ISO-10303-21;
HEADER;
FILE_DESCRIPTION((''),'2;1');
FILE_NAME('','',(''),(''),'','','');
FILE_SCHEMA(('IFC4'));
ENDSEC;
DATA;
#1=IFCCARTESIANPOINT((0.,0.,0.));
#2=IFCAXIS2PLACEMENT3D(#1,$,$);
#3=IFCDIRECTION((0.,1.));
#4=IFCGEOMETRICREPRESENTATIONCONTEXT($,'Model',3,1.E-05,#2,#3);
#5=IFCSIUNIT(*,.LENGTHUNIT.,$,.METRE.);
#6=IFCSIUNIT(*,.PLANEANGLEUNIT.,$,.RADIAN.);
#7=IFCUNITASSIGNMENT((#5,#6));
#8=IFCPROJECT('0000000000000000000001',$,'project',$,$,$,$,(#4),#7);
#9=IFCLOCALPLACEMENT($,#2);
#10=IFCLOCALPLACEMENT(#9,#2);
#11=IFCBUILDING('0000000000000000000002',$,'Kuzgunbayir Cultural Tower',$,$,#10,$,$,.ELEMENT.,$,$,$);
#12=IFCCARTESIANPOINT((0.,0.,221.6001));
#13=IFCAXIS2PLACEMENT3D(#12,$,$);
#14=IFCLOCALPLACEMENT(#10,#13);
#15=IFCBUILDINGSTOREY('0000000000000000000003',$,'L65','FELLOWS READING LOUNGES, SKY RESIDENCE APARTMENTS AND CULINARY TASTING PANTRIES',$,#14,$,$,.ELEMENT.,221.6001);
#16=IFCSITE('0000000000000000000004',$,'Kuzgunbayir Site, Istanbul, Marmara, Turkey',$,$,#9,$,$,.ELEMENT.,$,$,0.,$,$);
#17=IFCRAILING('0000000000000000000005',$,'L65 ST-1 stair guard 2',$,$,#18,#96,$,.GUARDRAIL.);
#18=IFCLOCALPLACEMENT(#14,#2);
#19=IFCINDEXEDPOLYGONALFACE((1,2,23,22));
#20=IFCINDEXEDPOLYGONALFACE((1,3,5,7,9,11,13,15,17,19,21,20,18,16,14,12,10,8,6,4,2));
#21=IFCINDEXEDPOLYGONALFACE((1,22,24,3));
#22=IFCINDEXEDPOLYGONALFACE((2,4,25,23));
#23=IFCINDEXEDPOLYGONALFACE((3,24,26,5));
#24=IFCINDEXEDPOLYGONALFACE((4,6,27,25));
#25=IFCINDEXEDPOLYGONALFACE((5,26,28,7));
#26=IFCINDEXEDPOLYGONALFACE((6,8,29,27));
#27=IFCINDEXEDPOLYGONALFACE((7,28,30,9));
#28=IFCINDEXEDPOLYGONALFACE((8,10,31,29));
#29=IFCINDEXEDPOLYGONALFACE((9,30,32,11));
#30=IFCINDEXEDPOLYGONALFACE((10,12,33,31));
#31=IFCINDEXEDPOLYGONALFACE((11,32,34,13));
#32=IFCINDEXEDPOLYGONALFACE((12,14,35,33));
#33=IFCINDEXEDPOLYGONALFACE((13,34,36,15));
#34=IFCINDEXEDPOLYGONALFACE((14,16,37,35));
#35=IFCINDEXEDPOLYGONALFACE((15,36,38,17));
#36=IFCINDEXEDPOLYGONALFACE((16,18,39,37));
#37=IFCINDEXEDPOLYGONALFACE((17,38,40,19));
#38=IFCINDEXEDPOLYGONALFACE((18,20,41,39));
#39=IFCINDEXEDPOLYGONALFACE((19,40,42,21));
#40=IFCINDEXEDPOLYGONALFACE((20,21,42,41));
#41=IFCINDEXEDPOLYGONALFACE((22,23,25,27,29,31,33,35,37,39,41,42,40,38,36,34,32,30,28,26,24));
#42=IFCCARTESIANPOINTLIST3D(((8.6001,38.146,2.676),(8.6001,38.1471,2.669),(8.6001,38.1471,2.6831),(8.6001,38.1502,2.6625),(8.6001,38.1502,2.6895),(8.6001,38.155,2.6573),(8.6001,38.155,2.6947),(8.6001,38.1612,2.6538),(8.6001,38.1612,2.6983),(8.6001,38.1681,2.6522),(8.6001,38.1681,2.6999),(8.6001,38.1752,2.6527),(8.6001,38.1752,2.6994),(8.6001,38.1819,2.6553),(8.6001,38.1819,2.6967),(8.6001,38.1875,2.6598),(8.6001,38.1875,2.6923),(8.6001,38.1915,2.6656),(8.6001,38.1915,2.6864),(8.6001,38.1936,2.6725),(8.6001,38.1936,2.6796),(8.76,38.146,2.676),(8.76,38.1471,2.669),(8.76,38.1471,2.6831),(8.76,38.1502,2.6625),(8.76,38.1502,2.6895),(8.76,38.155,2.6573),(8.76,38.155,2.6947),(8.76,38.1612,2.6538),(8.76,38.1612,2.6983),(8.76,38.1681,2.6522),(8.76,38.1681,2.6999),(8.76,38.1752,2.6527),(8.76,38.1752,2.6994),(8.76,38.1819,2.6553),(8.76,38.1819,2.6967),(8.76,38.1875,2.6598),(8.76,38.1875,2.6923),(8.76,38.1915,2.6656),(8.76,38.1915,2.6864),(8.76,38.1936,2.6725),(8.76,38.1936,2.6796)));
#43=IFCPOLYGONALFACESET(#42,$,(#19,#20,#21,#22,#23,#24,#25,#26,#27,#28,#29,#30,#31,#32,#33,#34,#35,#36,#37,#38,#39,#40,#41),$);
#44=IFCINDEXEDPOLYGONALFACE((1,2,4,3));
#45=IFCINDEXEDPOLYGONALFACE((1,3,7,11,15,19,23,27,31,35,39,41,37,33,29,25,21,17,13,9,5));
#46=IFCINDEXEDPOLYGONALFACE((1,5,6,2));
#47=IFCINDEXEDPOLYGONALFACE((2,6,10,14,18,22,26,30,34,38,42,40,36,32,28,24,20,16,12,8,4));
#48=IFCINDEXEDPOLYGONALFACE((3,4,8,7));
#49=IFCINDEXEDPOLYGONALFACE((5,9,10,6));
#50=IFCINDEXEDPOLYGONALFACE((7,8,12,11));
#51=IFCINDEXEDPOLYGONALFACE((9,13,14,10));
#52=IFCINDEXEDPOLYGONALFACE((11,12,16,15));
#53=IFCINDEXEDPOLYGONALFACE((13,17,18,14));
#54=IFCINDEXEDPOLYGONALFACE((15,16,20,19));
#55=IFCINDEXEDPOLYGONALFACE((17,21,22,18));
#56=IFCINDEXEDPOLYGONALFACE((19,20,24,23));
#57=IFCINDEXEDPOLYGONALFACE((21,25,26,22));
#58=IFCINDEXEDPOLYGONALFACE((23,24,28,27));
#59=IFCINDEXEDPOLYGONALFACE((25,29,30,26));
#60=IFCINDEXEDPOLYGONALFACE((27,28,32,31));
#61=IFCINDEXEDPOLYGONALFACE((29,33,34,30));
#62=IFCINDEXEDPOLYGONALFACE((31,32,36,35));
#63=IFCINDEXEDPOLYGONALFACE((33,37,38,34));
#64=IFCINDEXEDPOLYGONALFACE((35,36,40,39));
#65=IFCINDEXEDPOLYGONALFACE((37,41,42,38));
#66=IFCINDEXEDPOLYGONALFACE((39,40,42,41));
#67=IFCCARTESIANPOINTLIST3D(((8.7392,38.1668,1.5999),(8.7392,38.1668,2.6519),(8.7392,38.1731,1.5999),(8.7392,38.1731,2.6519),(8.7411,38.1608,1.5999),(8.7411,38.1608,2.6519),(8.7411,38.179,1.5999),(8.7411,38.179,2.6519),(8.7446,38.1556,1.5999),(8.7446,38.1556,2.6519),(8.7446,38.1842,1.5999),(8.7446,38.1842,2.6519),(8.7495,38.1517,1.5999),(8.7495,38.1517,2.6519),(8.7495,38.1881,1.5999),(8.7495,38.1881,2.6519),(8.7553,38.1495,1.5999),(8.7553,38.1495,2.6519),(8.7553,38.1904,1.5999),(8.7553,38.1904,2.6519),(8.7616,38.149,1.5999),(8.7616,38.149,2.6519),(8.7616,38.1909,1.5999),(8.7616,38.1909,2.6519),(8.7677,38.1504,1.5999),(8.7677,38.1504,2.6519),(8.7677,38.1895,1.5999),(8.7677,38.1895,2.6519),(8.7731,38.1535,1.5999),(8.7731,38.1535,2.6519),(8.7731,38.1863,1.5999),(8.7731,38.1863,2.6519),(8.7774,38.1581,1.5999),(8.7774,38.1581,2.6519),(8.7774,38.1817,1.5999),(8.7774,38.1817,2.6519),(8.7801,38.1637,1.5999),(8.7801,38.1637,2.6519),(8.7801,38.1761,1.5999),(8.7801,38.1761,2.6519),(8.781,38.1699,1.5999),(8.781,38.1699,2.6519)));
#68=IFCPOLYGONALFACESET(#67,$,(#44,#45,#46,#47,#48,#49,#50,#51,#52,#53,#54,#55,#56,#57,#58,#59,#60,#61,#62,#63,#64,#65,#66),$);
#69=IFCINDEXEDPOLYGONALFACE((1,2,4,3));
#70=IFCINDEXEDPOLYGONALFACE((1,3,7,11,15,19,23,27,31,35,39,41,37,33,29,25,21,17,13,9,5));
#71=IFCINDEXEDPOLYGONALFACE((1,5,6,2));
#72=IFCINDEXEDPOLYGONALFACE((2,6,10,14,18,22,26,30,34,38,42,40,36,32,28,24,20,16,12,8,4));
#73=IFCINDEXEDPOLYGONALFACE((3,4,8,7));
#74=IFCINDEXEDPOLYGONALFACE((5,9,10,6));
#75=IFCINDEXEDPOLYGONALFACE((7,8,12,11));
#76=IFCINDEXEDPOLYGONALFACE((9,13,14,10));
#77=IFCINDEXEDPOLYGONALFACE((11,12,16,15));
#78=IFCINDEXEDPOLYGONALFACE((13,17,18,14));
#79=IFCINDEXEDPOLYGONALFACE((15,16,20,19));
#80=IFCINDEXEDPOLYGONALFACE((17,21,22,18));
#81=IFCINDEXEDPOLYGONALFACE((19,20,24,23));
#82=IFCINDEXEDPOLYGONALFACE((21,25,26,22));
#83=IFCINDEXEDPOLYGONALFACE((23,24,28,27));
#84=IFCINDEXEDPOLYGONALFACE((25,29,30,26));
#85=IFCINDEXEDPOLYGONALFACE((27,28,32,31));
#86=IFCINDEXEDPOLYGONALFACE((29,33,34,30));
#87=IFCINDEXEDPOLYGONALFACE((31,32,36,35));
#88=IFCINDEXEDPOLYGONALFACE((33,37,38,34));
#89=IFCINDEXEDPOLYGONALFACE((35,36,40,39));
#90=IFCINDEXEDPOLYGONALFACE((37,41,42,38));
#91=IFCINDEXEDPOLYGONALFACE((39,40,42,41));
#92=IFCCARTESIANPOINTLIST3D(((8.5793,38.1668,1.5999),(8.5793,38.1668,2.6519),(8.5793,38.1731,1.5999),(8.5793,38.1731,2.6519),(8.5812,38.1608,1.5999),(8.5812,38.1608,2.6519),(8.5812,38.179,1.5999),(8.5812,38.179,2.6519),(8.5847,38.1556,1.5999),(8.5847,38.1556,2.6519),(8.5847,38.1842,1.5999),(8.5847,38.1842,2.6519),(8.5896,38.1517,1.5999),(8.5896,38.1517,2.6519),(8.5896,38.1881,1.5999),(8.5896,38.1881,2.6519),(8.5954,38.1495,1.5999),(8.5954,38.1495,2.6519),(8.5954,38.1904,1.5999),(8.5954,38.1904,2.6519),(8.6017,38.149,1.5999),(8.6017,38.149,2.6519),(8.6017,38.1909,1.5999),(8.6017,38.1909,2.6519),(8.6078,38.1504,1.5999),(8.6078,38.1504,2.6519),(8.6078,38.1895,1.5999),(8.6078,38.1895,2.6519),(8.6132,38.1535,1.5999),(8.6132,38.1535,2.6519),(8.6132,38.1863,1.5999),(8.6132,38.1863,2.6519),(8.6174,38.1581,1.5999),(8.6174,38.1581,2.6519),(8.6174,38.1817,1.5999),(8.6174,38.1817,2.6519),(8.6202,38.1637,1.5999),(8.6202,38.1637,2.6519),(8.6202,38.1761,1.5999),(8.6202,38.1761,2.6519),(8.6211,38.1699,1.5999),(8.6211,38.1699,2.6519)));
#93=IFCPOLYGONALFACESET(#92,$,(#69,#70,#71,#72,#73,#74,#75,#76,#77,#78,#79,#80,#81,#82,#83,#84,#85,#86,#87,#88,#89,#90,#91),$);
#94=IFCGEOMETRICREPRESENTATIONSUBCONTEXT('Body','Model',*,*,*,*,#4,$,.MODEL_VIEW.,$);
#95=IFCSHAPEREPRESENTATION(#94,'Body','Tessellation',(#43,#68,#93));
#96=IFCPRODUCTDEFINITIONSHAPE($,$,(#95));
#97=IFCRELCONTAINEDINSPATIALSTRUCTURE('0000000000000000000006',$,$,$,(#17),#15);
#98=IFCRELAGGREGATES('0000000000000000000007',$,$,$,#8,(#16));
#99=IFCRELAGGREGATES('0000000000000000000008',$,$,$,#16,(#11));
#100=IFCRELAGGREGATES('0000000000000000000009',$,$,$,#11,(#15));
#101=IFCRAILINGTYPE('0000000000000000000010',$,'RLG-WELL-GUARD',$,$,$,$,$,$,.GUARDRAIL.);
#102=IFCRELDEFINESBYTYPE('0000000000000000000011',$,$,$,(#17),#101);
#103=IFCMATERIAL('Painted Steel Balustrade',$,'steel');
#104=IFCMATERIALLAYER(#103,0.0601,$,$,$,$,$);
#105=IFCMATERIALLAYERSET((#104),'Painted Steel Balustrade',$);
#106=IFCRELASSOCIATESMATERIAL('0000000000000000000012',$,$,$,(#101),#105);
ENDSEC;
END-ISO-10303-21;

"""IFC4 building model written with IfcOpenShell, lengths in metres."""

from ifc_helpers import new_model, si_unit, direction, frame, origin, origin_2d, place, context, subcontext, project, spatial, circle, extrude, material, layer, layer_set, type_object, element, save


model = new_model("IFC4")

# Units and contexts
model_context = context("Model", 3, precision=1e-05, world=origin(), true_north=direction((0.0, 1.0)))
body_context = subcontext(model_context, "Body", "Model", "MODEL_VIEW")
ifc_project = project(units=[si_unit("LENGTHUNIT", "METRE"), si_unit("PLANEANGLEUNIT", "RADIAN")], contexts=[model_context])

# Site, building, storey
site_placement = place(None, origin())
site = spatial("IfcSite", under=ifc_project, at=site_placement, Name="Kuzgunbayir Site, Istanbul, Marmara, Turkey", CompositionType="ELEMENT", RefElevation=0.0)
building_placement = place(site_placement, origin())
building = spatial("IfcBuilding", under=site, at=building_placement, Name="Kuzgunbayir Cultural Tower", CompositionType="ELEMENT")
storey_placement = place(building_placement, frame((0.0, 0.0, 221.6001)))
storey = spatial("IfcBuildingStorey", under=building, at=storey_placement, Name="L65", Description="FELLOWS READING LOUNGES, SKY RESIDENCE APARTMENTS AND CULINARY TASTING PANTRIES", CompositionType="ELEMENT", Elevation=221.6001)

# Railing
ifc_material_1 = material(Name="Painted Steel Balustrade", Category="steel")
ifc_layer_1 = layer(ifc_material_1, 0.0601)
ifc_layer_set_1 = layer_set([ifc_layer_1], Name="Painted Steel Balustrade")
railing_type_1 = type_object("IfcRailingType", Name="RLG-WELL-GUARD", PredefinedType="GUARDRAIL", material=ifc_layer_set_1)
railing_1_placement = place(storey_placement, frame((8.76, 38.1699, 1.5999)))
element("IfcRailing", 1, at=railing_1_placement, inside=storey, type_object=railing_type_1, Name="L65 ST-1 stair guard 2", PredefinedType="GUARDRAIL", context=body_context, shape_type="SweptSolid", body=[
    extrude(circle(Radius=0.0239, at=origin_2d()), frame((0.0, 0.0, 1.0762), z_axis=(-1.0, 0.0, 0.0), x_axis=(0.0, -1.0, 0.0)), (0.0, 0.0, 1.0), 0.1599),
    extrude(circle(Radius=0.021, at=origin_2d()), origin(), (0.0, 0.0, 1.0), 1.052),
    extrude(circle(Radius=0.021, at=origin_2d()), frame((-0.1599, 0.0, 0.0)), (0.0, 0.0, 1.0), 1.052),
])

save(model, "model.ifc")
